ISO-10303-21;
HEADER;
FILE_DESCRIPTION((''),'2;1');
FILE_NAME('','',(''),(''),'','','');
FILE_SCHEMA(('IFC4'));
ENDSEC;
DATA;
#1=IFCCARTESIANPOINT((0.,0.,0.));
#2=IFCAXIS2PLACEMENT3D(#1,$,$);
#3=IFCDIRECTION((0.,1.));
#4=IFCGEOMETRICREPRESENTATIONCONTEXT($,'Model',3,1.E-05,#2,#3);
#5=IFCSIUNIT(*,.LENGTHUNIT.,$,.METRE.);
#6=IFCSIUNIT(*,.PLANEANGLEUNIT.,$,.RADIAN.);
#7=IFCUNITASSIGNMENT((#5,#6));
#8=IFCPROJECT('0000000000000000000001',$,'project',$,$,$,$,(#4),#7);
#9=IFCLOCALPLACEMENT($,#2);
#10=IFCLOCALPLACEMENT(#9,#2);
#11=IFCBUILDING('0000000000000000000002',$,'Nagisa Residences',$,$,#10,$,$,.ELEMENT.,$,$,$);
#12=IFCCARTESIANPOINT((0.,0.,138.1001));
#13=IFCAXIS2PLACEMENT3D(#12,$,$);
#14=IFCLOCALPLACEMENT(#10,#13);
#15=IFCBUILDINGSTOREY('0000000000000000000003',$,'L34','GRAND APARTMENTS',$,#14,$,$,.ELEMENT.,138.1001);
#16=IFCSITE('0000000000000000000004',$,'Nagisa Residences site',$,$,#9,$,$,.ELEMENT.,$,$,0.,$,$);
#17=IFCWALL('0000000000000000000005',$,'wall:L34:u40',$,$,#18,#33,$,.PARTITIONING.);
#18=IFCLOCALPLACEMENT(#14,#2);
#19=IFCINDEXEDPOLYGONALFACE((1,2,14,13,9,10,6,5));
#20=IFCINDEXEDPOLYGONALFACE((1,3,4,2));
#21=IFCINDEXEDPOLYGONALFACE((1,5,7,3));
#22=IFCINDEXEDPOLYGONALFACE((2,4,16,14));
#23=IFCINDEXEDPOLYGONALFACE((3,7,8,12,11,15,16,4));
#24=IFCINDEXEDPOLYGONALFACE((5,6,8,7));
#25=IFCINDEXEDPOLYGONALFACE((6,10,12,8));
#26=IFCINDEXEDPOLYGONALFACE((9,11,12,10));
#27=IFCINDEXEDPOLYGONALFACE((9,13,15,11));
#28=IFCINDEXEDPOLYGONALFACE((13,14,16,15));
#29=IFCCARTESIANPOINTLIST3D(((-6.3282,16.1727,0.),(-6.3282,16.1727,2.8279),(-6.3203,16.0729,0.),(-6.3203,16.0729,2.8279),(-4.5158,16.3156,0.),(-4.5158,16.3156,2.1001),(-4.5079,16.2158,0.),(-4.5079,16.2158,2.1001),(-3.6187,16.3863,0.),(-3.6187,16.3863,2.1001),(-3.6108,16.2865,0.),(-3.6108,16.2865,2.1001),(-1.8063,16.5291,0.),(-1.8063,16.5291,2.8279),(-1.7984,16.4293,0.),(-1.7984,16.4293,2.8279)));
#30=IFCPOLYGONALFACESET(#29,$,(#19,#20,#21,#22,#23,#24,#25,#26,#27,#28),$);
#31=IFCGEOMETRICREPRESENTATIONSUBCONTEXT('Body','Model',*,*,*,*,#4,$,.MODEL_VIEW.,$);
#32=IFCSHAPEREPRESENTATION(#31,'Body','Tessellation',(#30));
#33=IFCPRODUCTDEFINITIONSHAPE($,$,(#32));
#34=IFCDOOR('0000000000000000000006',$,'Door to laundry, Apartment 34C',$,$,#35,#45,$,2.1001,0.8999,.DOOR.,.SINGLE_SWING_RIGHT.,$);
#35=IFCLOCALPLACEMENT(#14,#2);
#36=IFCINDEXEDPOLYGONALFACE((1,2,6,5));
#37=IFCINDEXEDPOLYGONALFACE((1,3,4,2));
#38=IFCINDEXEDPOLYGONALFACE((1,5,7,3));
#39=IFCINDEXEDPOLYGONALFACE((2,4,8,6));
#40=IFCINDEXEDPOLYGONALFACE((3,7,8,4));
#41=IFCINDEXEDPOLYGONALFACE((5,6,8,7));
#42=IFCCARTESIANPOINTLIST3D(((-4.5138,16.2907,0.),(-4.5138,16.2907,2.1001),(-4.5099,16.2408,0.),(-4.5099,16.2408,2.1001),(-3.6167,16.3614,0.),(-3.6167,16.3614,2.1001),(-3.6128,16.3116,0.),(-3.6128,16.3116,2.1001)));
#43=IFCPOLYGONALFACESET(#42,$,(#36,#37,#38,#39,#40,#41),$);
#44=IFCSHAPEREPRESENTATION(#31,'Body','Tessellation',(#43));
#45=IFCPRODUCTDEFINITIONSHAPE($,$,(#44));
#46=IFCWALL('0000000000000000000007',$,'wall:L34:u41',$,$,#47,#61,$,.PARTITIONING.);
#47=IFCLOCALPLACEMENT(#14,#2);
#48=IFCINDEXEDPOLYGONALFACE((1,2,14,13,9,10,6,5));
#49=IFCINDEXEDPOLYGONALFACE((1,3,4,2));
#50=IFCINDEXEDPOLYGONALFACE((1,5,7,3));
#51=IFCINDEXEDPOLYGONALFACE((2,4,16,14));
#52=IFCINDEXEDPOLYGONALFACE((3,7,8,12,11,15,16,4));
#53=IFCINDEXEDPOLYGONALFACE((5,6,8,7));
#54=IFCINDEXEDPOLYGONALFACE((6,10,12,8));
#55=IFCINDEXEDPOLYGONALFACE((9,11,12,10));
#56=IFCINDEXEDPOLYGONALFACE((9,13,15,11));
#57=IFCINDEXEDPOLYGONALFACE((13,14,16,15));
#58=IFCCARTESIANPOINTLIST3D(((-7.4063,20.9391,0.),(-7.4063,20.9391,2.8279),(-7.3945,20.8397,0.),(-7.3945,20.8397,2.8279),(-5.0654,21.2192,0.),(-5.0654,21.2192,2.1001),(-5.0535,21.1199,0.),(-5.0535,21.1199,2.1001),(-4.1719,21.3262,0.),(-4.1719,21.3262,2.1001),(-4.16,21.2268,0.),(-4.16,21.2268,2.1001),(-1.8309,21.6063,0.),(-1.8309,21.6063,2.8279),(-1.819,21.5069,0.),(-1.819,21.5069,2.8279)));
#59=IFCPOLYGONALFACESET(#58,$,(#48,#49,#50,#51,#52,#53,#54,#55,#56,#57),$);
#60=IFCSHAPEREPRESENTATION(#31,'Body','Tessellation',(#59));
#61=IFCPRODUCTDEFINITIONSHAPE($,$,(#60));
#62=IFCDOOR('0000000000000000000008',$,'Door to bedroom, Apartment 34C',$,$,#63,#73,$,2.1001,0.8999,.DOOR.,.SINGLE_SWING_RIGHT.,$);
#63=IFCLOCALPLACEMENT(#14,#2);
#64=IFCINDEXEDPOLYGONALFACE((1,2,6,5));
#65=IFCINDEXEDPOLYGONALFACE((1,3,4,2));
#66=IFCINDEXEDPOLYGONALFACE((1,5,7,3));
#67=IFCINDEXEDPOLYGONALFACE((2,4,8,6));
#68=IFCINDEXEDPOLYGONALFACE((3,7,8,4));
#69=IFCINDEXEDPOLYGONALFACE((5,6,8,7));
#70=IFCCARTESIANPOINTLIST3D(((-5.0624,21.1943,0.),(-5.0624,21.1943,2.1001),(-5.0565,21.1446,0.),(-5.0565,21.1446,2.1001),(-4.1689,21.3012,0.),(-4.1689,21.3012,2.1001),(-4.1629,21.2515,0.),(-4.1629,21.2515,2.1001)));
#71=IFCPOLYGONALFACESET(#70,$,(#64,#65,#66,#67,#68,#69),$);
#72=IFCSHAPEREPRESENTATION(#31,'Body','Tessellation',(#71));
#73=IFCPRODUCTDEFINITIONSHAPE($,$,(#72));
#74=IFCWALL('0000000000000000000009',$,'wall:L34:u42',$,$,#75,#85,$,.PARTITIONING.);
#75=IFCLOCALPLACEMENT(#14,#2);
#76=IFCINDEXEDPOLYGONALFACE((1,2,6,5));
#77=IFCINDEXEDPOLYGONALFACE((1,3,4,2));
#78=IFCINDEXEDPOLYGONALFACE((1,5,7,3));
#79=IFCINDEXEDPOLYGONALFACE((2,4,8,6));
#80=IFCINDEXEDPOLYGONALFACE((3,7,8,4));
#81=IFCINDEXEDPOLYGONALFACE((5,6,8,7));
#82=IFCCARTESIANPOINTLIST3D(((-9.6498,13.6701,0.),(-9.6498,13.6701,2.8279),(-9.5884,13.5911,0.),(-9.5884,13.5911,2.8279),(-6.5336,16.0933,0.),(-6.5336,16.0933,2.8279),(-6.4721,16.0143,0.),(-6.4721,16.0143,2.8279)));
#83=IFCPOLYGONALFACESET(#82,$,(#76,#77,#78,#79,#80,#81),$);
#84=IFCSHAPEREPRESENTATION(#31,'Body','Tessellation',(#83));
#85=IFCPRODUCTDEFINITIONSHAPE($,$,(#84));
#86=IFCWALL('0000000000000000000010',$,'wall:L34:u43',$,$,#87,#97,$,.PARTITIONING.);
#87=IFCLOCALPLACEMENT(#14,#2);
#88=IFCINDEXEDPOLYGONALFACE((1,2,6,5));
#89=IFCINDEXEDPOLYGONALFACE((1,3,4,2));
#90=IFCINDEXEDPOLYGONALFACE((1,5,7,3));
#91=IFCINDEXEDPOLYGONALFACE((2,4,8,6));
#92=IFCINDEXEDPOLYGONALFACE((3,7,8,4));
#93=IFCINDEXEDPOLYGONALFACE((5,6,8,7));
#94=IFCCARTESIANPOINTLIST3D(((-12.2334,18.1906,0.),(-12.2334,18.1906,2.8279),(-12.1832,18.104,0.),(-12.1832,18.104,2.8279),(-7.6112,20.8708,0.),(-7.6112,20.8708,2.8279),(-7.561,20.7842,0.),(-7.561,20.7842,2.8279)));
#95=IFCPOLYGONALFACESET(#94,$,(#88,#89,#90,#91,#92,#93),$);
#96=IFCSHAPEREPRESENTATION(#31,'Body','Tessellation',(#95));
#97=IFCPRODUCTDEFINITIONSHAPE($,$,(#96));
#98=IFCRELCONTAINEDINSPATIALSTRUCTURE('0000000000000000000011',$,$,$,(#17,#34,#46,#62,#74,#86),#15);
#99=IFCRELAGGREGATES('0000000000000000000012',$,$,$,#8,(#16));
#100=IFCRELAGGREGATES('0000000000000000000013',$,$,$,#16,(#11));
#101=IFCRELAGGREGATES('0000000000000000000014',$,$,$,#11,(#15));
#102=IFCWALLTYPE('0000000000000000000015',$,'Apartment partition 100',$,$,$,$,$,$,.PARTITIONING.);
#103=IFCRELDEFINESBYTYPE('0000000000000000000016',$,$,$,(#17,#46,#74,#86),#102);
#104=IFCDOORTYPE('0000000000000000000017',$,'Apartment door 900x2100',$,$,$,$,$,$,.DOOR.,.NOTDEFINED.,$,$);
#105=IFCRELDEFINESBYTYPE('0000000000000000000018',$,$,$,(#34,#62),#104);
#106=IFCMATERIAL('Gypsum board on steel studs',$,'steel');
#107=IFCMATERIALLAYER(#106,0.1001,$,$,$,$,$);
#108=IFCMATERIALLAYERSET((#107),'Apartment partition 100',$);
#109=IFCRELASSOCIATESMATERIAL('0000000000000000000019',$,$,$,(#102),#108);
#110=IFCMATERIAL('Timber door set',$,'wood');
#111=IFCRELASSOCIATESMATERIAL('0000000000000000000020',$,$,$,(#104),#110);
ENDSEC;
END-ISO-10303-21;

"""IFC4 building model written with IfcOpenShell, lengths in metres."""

from ifc_helpers import new_model, si_unit, direction, frame, frame_2d, origin, place, context, subcontext, project, spatial, rectangle, extrude, material, layer, layer_set, type_object, element, fill, save


model = new_model("IFC4")

# Units and contexts
model_context = context("Model", 3, precision=1e-05, world=origin(), true_north=direction((0.0, 1.0)))
body_context = subcontext(model_context, "Body", "Model", "MODEL_VIEW")
ifc_project = project(units=[si_unit("LENGTHUNIT", "METRE"), si_unit("PLANEANGLEUNIT", "RADIAN")], contexts=[model_context])

# Site, building, storey
site_placement = place(None, origin())
site = spatial("IfcSite", under=ifc_project, at=site_placement, Name="Nagisa Residences site", CompositionType="ELEMENT", RefElevation=0.0)
building_placement = place(site_placement, origin())
building = spatial("IfcBuilding", under=site, at=building_placement, Name="Nagisa Residences", CompositionType="ELEMENT")
storey_placement = place(building_placement, frame((0.0, 0.0, 138.1001)))
storey = spatial("IfcBuildingStorey", under=building, at=storey_placement, Name="L34", Description="GRAND APARTMENTS", CompositionType="ELEMENT", Elevation=138.1001)

# Walls, openings, doors
ifc_material_1 = material(Name="Gypsum board on steel studs", Category="steel")
ifc_layer_1 = layer(ifc_material_1, 0.1001)
ifc_layer_set_1 = layer_set([ifc_layer_1], Name="Apartment partition 100")
wall_type_1 = type_object("IfcWallType", Name="Apartment partition 100", PredefinedType="PARTITIONING", material=ifc_layer_set_1)
ifc_material_2 = material(Name="Timber door set", Category="wood")
door_type_1 = type_object("IfcDoorType", Name="Apartment door 900x2100", OperationType="NOTDEFINED", PredefinedType="DOOR", material=ifc_material_2)
wall_1_placement = place(storey_placement, frame((-1.8022, 16.4792, 0.0), z_axis=(0.0, 0.0, 1.0), x_axis=(-0.996908, -0.078581, 0.0)))
wall_1 = element("IfcWall", 1, at=wall_1_placement, inside=storey, type_object=wall_type_1, Name="wall:L34:u40", PredefinedType="PARTITIONING", context=body_context, shape_type="SweptSolid", body=[
    extrude(rectangle(XDim=4.5359, YDim=0.1001, at=frame_2d((2.2681, 0.0))), origin(), (0.0, 0.0, 1.0), 2.8279),
])
opening_1_placement = place(wall_1_placement, frame((1.8181, 0.0, 0.0)))
opening_1 = element("IfcOpeningElement", 2, at=opening_1_placement, cuts=wall_1, PredefinedType="OPENING", context=body_context, shape_type="SweptSolid", body=[
    extrude(rectangle(XDim=0.8999, YDim=2.1001, at=frame_2d((0.45, 1.05))), frame((0.0, 0.0601, 0.0), z_axis=(0.0, -1.0, 0.0), x_axis=(1.0, 0.0, 0.0)), (0.0, 0.0, 1.0), 0.1201),
])
door_1_placement = place(opening_1_placement, origin())
door_1 = element("IfcDoor", 3, at=door_1_placement, inside=storey, type_object=door_type_1, Name="Door to laundry, Apartment 34C", OperationType="SINGLE_SWING_RIGHT", OverallHeight=2.1001, OverallWidth=0.8999, PredefinedType="DOOR", context=body_context, shape_type="SweptSolid", body=[
    extrude(rectangle(XDim=0.8999, YDim=2.1001, at=frame_2d((0.45, 1.05))), frame((0.0, 0.0249, 0.0), z_axis=(0.0, -1.0, 0.0), x_axis=(1.0, 0.0, 0.0)), (0.0, 0.0, 1.0), 0.05),
])
fill(opening_1, door_1)
wall_2_placement = place(storey_placement, frame((-1.825, 21.5566, 0.0), z_axis=(0.0, 0.0, 1.0), x_axis=(-0.992915, -0.118826, 0.0)))
wall_2 = element("IfcWall", 4, at=wall_2_placement, inside=storey, type_object=wall_type_1, Name="wall:L34:u41", PredefinedType="PARTITIONING", context=body_context, shape_type="SweptSolid", body=[
    extrude(rectangle(XDim=5.6152, YDim=0.1001, at=frame_2d((2.8076, 0.0))), origin(), (0.0, 0.0, 1.0), 2.8279),
])
opening_2_placement = place(wall_2_placement, frame((2.3577, 0.0, 0.0)))
opening_2 = element("IfcOpeningElement", 5, at=opening_2_placement, cuts=wall_2, PredefinedType="OPENING", context=body_context, shape_type="SweptSolid", body=[
    extrude(rectangle(XDim=0.8999, YDim=2.1001, at=frame_2d((0.45, 1.05))), frame((0.0, 0.0601, 0.0), z_axis=(0.0, -1.0, 0.0), x_axis=(1.0, 0.0, 0.0)), (0.0, 0.0, 1.0), 0.1201),
])
door_2_placement = place(opening_2_placement, frame((0.8999, 0.0, 0.0), x_axis=(-1.0, 0.0, 0.0)))
door_2 = element("IfcDoor", 6, at=door_2_placement, inside=storey, type_object=door_type_1, Name="Door to bedroom, Apartment 34C", OperationType="SINGLE_SWING_RIGHT", OverallHeight=2.1001, OverallWidth=0.8999, PredefinedType="DOOR", context=body_context, shape_type="SweptSolid", body=[
    extrude(rectangle(XDim=0.8999, YDim=2.1001, at=frame_2d((0.45, 1.05))), frame((0.0, 0.0249, 0.0), z_axis=(0.0, -1.0, 0.0), x_axis=(1.0, 0.0, 0.0)), (0.0, 0.0, 1.0), 0.05),
])
fill(opening_2, door_2)

# Walls
wall_3_placement = place(storey_placement, frame((-6.5029, 16.0537, 0.0), z_axis=(0.0, 0.0, 1.0), x_axis=(-0.789429, -0.613842, 0.0)))
element("IfcWall", 7, at=wall_3_placement, inside=storey, type_object=wall_type_1, Name="wall:L34:u42", PredefinedType="PARTITIONING", context=body_context, shape_type="SweptSolid", body=[
    extrude(rectangle(XDim=3.9475, YDim=0.1001, at=frame_2d((1.9736, 0.0))), origin(), (0.0, 0.0, 1.0), 2.8279),
])
wall_4_placement = place(storey_placement, frame((-7.5862, 20.8274, 0.0), z_axis=(0.0, 0.0, 1.0), x_axis=(-0.865093, -0.501611, 0.0)))
element("IfcWall", 8, at=wall_4_placement, inside=storey, type_object=wall_type_1, Name="wall:L34:u43", PredefinedType="PARTITIONING", context=body_context, shape_type="SweptSolid", body=[
    extrude(rectangle(XDim=5.343, YDim=0.1001, at=frame_2d((2.6714, 0.0))), origin(), (0.0, 0.0, 1.0), 2.8279),
])

save(model, "model.ifc")
